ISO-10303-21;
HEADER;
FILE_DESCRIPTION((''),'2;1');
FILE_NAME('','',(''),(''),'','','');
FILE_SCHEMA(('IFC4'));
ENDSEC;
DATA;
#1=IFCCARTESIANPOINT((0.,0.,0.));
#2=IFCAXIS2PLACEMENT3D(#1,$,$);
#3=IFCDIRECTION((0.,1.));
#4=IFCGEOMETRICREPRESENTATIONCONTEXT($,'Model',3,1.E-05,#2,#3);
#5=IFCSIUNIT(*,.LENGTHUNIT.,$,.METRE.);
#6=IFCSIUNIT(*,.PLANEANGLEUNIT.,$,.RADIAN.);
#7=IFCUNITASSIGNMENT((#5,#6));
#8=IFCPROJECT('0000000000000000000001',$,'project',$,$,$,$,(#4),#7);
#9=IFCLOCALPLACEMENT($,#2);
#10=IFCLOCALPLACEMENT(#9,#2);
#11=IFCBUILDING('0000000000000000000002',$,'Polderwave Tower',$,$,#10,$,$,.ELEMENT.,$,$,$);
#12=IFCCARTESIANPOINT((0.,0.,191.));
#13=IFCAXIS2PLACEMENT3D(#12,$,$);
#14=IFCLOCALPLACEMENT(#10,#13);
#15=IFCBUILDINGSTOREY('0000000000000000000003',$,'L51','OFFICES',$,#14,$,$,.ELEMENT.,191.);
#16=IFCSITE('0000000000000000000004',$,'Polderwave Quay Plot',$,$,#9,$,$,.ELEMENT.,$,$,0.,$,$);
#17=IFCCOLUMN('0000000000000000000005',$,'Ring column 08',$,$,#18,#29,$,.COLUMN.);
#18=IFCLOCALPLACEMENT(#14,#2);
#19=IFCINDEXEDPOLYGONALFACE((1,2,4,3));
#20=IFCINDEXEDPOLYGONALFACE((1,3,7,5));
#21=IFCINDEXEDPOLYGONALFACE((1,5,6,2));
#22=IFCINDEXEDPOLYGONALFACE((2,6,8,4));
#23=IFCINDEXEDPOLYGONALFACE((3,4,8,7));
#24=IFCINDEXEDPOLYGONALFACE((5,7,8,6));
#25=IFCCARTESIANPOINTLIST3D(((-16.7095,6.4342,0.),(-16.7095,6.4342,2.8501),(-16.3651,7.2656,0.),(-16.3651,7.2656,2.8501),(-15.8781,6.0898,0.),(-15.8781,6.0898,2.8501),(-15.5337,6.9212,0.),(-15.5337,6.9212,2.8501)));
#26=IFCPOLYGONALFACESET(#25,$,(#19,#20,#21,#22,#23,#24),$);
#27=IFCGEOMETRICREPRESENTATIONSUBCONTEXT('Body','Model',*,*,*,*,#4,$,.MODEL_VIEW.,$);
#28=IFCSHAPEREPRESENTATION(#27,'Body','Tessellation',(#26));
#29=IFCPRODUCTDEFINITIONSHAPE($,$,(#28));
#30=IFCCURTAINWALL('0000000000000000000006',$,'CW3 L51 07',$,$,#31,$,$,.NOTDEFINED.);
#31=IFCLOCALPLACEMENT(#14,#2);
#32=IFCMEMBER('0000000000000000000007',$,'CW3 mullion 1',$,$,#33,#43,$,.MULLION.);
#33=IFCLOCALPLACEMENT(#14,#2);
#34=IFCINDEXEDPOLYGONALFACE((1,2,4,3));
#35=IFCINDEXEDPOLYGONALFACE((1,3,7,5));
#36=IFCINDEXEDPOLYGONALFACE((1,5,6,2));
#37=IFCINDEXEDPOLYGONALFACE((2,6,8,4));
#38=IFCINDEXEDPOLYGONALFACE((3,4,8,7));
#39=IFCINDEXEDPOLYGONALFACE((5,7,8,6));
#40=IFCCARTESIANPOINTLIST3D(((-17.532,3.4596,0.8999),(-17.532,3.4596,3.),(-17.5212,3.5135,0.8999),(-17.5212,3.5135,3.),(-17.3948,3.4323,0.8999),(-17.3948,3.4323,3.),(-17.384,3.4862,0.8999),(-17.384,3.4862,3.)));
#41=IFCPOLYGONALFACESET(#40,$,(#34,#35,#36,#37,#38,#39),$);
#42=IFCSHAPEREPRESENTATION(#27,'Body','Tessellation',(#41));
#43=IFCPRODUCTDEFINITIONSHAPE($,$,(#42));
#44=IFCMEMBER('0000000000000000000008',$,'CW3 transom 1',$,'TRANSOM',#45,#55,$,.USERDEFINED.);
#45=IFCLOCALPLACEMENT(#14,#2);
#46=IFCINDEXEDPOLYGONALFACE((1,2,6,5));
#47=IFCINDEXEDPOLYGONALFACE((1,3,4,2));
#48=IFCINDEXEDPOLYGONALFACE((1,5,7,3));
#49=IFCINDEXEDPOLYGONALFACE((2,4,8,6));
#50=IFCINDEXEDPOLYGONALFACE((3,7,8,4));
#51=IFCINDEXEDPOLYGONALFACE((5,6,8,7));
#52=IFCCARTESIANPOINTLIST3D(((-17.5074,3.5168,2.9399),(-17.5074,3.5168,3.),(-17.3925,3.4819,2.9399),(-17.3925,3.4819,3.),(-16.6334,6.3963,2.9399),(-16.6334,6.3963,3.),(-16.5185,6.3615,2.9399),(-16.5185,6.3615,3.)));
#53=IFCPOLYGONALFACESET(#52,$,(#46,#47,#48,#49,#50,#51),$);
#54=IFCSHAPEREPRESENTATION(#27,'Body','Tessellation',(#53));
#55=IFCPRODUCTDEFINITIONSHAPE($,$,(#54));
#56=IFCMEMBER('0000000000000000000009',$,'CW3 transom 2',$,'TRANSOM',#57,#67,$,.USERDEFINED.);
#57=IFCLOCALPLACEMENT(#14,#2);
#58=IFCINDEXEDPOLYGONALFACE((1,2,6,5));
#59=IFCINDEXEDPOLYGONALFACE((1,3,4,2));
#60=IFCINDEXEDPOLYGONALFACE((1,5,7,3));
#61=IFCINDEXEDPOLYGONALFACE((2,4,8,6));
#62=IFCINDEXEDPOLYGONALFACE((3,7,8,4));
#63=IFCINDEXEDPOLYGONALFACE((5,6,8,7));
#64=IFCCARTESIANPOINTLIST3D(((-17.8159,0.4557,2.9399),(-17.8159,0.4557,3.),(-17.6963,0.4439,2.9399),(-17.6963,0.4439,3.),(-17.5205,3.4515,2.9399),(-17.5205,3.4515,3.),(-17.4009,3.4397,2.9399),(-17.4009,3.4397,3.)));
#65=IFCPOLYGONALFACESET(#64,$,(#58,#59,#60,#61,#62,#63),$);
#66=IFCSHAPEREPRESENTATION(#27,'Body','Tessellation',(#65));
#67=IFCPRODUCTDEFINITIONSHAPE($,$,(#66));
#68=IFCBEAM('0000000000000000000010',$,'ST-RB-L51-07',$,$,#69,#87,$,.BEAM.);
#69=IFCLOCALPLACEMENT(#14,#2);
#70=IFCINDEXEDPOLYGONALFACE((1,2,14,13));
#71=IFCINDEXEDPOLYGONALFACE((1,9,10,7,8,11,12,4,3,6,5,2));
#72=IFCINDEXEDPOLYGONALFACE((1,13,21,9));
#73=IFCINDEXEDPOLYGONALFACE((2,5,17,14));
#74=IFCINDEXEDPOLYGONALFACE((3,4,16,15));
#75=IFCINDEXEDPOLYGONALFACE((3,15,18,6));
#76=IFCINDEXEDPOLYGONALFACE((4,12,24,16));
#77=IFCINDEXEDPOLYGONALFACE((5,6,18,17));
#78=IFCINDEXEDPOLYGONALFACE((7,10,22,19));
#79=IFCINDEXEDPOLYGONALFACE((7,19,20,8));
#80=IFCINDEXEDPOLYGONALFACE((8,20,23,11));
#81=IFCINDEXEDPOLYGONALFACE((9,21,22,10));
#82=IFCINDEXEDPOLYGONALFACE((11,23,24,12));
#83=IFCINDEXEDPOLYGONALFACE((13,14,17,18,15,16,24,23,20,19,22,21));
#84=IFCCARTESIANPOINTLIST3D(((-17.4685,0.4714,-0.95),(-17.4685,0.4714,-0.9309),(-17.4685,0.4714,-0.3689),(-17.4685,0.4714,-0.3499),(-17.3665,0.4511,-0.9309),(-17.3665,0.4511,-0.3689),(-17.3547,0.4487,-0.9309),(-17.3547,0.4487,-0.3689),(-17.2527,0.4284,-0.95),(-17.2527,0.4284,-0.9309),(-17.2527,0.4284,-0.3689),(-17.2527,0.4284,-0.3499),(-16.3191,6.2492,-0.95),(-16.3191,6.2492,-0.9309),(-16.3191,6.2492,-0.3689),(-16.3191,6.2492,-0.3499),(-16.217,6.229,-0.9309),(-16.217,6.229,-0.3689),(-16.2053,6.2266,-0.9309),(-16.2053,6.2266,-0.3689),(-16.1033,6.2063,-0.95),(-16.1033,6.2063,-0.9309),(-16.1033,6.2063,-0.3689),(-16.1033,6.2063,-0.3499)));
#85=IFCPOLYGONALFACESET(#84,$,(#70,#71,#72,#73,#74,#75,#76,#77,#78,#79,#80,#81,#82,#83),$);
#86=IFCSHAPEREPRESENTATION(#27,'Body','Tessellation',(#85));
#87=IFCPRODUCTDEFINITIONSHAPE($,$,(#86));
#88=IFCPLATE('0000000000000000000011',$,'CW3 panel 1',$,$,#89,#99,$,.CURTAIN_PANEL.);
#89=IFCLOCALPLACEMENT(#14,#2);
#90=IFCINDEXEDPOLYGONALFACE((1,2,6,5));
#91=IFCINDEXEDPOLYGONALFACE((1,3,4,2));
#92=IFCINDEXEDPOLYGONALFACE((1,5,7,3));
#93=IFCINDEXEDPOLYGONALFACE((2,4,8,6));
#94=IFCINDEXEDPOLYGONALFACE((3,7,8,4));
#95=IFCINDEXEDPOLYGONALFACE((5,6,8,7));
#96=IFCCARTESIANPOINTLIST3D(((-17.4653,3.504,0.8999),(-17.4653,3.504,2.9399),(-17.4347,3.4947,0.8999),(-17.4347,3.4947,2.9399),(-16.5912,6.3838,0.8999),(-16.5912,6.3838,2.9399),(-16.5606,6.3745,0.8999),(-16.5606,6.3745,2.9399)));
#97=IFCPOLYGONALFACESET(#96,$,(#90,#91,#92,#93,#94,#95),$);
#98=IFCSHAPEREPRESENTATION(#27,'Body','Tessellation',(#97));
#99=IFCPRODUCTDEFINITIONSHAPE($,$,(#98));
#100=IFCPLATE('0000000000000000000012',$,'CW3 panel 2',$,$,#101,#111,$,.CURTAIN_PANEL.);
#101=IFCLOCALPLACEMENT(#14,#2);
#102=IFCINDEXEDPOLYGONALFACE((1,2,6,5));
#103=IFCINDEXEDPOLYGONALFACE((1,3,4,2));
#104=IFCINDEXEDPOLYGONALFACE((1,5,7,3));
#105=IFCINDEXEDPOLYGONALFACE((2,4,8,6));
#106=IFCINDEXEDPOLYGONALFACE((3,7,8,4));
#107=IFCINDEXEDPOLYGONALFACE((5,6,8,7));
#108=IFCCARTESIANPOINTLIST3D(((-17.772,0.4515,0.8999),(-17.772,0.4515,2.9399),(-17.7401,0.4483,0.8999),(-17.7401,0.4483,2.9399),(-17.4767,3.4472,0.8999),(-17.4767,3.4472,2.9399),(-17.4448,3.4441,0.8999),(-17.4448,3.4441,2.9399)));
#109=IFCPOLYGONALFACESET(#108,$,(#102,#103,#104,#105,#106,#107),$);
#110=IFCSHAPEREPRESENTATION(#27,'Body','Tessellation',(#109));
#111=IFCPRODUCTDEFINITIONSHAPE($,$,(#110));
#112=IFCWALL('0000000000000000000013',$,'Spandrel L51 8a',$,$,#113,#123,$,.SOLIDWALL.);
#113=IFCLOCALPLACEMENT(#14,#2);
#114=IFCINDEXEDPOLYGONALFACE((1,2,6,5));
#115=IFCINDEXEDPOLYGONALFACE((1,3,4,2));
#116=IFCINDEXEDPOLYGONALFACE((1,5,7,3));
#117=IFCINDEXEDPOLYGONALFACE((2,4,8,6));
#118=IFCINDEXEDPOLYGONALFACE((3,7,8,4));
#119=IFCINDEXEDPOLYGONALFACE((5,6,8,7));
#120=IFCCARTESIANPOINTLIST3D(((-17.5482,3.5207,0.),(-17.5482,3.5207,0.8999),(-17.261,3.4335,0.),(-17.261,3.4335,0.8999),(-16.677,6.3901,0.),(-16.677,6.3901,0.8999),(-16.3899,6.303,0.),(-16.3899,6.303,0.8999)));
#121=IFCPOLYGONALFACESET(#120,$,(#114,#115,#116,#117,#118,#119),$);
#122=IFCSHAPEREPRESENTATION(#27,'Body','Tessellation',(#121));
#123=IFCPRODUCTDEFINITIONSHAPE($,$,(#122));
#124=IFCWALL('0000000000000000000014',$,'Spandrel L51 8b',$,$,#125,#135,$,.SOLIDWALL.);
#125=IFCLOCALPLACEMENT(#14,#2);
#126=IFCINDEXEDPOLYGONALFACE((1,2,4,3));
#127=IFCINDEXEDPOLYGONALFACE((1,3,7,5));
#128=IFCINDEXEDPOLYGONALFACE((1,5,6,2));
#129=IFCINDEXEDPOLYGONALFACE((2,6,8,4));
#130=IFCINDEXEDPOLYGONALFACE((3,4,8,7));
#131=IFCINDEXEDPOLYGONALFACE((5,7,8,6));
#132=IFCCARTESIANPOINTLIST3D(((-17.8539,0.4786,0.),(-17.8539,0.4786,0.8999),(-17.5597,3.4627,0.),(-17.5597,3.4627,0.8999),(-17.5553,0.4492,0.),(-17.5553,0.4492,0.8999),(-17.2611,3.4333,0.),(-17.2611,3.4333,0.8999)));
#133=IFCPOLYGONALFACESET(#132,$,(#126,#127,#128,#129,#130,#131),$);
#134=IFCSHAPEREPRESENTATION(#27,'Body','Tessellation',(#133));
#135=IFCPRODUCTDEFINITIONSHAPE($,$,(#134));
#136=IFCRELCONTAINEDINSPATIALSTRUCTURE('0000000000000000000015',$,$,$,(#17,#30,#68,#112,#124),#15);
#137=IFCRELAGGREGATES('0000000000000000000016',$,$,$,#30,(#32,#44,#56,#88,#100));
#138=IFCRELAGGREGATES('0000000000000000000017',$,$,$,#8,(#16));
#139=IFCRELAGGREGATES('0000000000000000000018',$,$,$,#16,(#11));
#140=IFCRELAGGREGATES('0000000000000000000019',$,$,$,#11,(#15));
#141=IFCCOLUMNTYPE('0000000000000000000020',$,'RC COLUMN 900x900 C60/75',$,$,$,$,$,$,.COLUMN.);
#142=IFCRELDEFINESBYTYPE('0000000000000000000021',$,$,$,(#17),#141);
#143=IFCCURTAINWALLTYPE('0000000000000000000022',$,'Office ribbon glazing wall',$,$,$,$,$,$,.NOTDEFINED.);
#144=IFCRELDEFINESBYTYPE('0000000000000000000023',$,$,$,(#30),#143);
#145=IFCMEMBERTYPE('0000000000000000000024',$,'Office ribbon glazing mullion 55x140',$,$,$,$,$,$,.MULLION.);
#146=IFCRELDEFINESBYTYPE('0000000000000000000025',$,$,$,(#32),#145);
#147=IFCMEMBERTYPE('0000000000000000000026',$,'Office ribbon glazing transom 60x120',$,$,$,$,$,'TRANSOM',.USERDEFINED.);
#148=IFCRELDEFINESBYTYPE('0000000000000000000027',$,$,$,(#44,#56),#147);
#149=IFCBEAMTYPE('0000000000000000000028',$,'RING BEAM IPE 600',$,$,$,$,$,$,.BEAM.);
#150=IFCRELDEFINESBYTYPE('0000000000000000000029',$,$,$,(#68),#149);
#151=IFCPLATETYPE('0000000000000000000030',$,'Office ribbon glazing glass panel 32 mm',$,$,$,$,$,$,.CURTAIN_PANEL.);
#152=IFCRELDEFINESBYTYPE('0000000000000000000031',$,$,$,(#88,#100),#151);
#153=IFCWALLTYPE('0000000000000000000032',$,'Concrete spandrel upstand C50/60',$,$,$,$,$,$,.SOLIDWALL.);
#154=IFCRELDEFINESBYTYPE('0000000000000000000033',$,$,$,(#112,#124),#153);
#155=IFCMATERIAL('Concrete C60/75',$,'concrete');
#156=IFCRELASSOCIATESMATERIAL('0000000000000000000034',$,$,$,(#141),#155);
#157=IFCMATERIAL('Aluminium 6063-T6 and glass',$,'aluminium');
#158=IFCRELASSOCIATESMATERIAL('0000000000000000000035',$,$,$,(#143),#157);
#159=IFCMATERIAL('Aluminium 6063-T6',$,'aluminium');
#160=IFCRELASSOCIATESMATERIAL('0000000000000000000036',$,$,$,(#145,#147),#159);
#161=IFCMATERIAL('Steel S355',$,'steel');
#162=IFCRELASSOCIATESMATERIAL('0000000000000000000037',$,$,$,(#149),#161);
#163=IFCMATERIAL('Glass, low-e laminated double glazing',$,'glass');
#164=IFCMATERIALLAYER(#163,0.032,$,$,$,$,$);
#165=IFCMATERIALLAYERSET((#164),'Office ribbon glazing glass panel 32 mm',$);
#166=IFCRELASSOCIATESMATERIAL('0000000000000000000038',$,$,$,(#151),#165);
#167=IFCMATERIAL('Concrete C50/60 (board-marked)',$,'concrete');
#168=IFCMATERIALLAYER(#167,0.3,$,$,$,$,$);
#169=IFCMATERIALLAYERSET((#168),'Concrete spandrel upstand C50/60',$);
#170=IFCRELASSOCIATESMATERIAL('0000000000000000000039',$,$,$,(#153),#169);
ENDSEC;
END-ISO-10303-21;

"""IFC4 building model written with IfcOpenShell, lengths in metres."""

from ifc_helpers import new_model, si_unit, direction, frame, frame_2d, origin, origin_2d, place, context, subcontext, project, spatial, rectangle, i_section, extrude, material, layer, layer_set, material_profile, profile_set, type_object, element, aggregate, save


model = new_model("IFC4")

# Units and contexts
model_context = context("Model", 3, precision=1e-05, world=origin(), true_north=direction((0.0, 1.0)))
body_context = subcontext(model_context, "Body", "Model", "MODEL_VIEW")
ifc_project = project(units=[si_unit("LENGTHUNIT", "METRE"), si_unit("PLANEANGLEUNIT", "RADIAN")], contexts=[model_context])

# Site, building, storey
site_placement = place(None, origin())
site = spatial("IfcSite", under=ifc_project, at=site_placement, Name="Polderwave Quay Plot", CompositionType="ELEMENT", RefElevation=0.0)
building_placement = place(site_placement, origin())
building = spatial("IfcBuilding", under=site, at=building_placement, Name="Polderwave Tower", CompositionType="ELEMENT")
storey_placement = place(building_placement, frame((0.0, 0.0, 191.0)))
storey = spatial("IfcBuildingStorey", under=building, at=storey_placement, Name="L51", Description="OFFICES", CompositionType="ELEMENT", Elevation=191.0)

# Column
ifc_material_1 = material(Name="Concrete C60/75", Category="concrete")
ifc_material_profile_1 = material_profile(ifc_material_1, rectangle(XDim=0.8999, YDim=0.8999, at=origin_2d()), Name="RC 900x900")
ifc_profile_set_1 = profile_set([ifc_material_profile_1], Name="Concrete C60/75")
column_type = type_object("IfcColumnType", Name="RC COLUMN 900x900 C60/75", PredefinedType="COLUMN", material=ifc_profile_set_1)
column_placement = place(storey_placement, frame((-16.1216, 6.6777, 0.0), z_axis=(0.0, 0.0, 1.0), x_axis=(-0.92388, 0.382683, 0.0)))
element("IfcColumn", 1, at=column_placement, inside=storey, type_object=column_type, Name="Ring column 08", PredefinedType="COLUMN", context=body_context, shape_type="SweptSolid", body=[
    extrude(rectangle(XDim=0.8999, YDim=0.8999, at=origin_2d()), origin(), (0.0, 0.0, 1.0), 2.8501),
])

# Curtain wall, members
ifc_material_2 = material(Name="Aluminium 6063-T6 and glass", Category="aluminium")
curtain_wall_type = type_object("IfcCurtainWallType", Name="Office ribbon glazing wall", PredefinedType="NOTDEFINED", material=ifc_material_2)
curtain_wall_placement = place(storey_placement, origin())
curtain_wall = element("IfcCurtainWall", 2, at=curtain_wall_placement, inside=storey, type_object=curtain_wall_type, Name="CW3 L51 07", PredefinedType="NOTDEFINED")
ifc_material_3 = material(Name="Aluminium 6063-T6", Category="aluminium")
ifc_material_profile_2 = material_profile(ifc_material_3, rectangle(XDim=0.1399, YDim=0.0549, at=origin_2d()), Name="AL 55x140")
ifc_profile_set_2 = profile_set([ifc_material_profile_2], Name="Aluminium 6063-T6")
member_type_1 = type_object("IfcMemberType", Name="Office ribbon glazing mullion 55x140", PredefinedType="MULLION", material=ifc_profile_set_2)
member_1_placement = place(storey_placement, frame((-17.458, 3.4729, 0.8999), z_axis=(0.0, 0.0, 1.0), x_axis=(0.980762, -0.195205, 0.0)))
member_1 = element("IfcMember", 3, at=member_1_placement, type_object=member_type_1, Name="CW3 mullion 1", PredefinedType="MULLION", context=body_context, shape_type="SweptSolid", body=[
    extrude(rectangle(XDim=0.1399, YDim=0.0549, at=origin_2d()), origin(), (0.0, 0.0, 1.0), 2.1001),
])
ifc_material_profile_3 = material_profile(ifc_material_3, rectangle(XDim=0.1201, YDim=0.0601, at=origin_2d()), Name="AL 60x120")
ifc_profile_set_3 = profile_set([ifc_material_profile_3], Name="Aluminium 6063-T6")
member_type_2 = type_object("IfcMemberType", Name="Office ribbon glazing transom 60x120", ElementType="TRANSOM", PredefinedType="USERDEFINED", material=ifc_profile_set_3)
member_2_placement = place(storey_placement, frame((-16.5759, 6.3789, 2.97), z_axis=(-0.290435, -0.956895, 0.0), x_axis=(0.956895, -0.290435, 0.0)))
member_2 = element("IfcMember", 4, at=member_2_placement, type_object=member_type_2, Name="CW3 transom 1", ObjectType="TRANSOM", PredefinedType="USERDEFINED", context=body_context, shape_type="SweptSolid", body=[
    extrude(rectangle(XDim=0.1201, YDim=0.0601, at=origin_2d()), origin(), (0.0, 0.0, 1.0), 3.0093),
])
member_3_placement = place(storey_placement, frame((-17.4607, 3.4456, 2.97), z_axis=(-0.098138, -0.995173, 0.0), x_axis=(0.995173, -0.098138, 0.0)))
member_3 = element("IfcMember", 5, at=member_3_placement, type_object=member_type_2, Name="CW3 transom 2", ObjectType="TRANSOM", PredefinedType="USERDEFINED", context=body_context, shape_type="SweptSolid", body=[
    extrude(rectangle(XDim=0.1201, YDim=0.0601, at=origin_2d()), origin(), (0.0, 0.0, 1.0), 3.0103),
])

# Beam
ifc_material_4 = material(Name="Steel S355", Category="steel")
ifc_material_profile_4 = material_profile(ifc_material_4, i_section(OverallWidth=0.22, OverallDepth=0.6001, WebThickness=0.012, FlangeThickness=0.019, at=origin_2d()), Name="IPE 600")
ifc_profile_set_4 = profile_set([ifc_material_profile_4], Name="Steel S355")
beam_type = type_object("IfcBeamType", Name="RING BEAM IPE 600", PredefinedType="BEAM", material=ifc_profile_set_4)
beam_placement = place(storey_placement, frame((-16.2112, 6.2278, -0.6499), z_axis=(-0.195112, -0.980781, 0.0), x_axis=(0.980781, -0.195112, 0.0)))
element("IfcBeam", 6, at=beam_placement, inside=storey, type_object=beam_type, Name="ST-RB-L51-07", PredefinedType="BEAM", context=body_context, shape_type="SweptSolid", body=[
    extrude(i_section(OverallWidth=0.22, OverallDepth=0.6001, WebThickness=0.012, FlangeThickness=0.019, at=origin_2d()), origin(), (0.0, 0.0, 1.0), 5.8911),
])

# Plates
ifc_material_5 = material(Name="Glass, low-e laminated double glazing", Category="glass")
ifc_layer_1 = layer(ifc_material_5, 0.032)
ifc_layer_set_1 = layer_set([ifc_layer_1], Name="Office ribbon glazing glass panel 32 mm")
plate_type = type_object("IfcPlateType", Name="Office ribbon glazing glass panel 32 mm", PredefinedType="CURTAIN_PANEL", material=ifc_layer_set_1)
plate_1_placement = place(storey_placement, frame((-17.0129, 4.9392, 0.8999), z_axis=(0.0, 0.0, 1.0), x_axis=(-0.290428, -0.956897, 0.0)))
plate_1 = element("IfcPlate", 7, at=plate_1_placement, type_object=plate_type, Name="CW3 panel 1", PredefinedType="CURTAIN_PANEL", context=body_context, shape_type="SweptSolid", body=[
    extrude(rectangle(XDim=3.0095, YDim=0.032, at=origin_2d()), origin(), (0.0, 0.0, 1.0), 2.04),
])
plate_2_placement = place(storey_placement, frame((-17.6084, 1.9478, 0.8999), z_axis=(0.0, 0.0, 1.0), x_axis=(-0.098102, -0.995176, 0.0)))
plate_2 = element("IfcPlate", 8, at=plate_2_placement, type_object=plate_type, Name="CW3 panel 2", PredefinedType="CURTAIN_PANEL", context=body_context, shape_type="SweptSolid", body=[
    extrude(rectangle(XDim=3.0103, YDim=0.032, at=origin_2d()), origin(), (0.0, 0.0, 1.0), 2.04),
])
aggregate(curtain_wall, [member_1, member_2, member_3, plate_1, plate_2])

# Walls
ifc_material_6 = material(Name="Concrete C50/60 (board-marked)", Category="concrete")
ifc_layer_2 = layer(ifc_material_6, 0.3)
ifc_layer_set_2 = layer_set([ifc_layer_2], Name="Concrete spandrel upstand C50/60")
wall_type_1 = type_object("IfcWallType", Name="Concrete spandrel upstand C50/60", PredefinedType="SOLIDWALL", material=ifc_layer_set_2)
wall_1_placement = place(storey_placement, frame((-16.5334, 6.3467, 0.0), z_axis=(0.0, 0.0, 1.0), x_axis=(-0.290491, -0.956878, 0.0)))
element("IfcWall", 9, at=wall_1_placement, inside=storey, type_object=wall_type_1, Name="Spandrel L51 8a", PredefinedType="SOLIDWALL", context=body_context, shape_type="SweptSolid", body=[
    extrude(rectangle(XDim=2.9988, YDim=0.3, at=frame_2d((1.4995, 0.0))), origin(), (0.0, 0.0, 1.0), 0.8999),
])
wall_2_placement = place(storey_placement, frame((-17.4104, 3.448, 0.0), z_axis=(0.0, 0.0, 1.0), x_axis=(-0.098109, -0.995176, 0.0)))
element("IfcWall", 10, at=wall_2_placement, inside=storey, type_object=wall_type_1, Name="Spandrel L51 8b", PredefinedType="SOLIDWALL", context=body_context, shape_type="SweptSolid", body=[
    extrude(rectangle(XDim=2.9985, YDim=0.3, at=frame_2d((1.4993, 0.0))), origin(), (0.0, 0.0, 1.0), 0.8999),
])

save(model, "model.ifc")
